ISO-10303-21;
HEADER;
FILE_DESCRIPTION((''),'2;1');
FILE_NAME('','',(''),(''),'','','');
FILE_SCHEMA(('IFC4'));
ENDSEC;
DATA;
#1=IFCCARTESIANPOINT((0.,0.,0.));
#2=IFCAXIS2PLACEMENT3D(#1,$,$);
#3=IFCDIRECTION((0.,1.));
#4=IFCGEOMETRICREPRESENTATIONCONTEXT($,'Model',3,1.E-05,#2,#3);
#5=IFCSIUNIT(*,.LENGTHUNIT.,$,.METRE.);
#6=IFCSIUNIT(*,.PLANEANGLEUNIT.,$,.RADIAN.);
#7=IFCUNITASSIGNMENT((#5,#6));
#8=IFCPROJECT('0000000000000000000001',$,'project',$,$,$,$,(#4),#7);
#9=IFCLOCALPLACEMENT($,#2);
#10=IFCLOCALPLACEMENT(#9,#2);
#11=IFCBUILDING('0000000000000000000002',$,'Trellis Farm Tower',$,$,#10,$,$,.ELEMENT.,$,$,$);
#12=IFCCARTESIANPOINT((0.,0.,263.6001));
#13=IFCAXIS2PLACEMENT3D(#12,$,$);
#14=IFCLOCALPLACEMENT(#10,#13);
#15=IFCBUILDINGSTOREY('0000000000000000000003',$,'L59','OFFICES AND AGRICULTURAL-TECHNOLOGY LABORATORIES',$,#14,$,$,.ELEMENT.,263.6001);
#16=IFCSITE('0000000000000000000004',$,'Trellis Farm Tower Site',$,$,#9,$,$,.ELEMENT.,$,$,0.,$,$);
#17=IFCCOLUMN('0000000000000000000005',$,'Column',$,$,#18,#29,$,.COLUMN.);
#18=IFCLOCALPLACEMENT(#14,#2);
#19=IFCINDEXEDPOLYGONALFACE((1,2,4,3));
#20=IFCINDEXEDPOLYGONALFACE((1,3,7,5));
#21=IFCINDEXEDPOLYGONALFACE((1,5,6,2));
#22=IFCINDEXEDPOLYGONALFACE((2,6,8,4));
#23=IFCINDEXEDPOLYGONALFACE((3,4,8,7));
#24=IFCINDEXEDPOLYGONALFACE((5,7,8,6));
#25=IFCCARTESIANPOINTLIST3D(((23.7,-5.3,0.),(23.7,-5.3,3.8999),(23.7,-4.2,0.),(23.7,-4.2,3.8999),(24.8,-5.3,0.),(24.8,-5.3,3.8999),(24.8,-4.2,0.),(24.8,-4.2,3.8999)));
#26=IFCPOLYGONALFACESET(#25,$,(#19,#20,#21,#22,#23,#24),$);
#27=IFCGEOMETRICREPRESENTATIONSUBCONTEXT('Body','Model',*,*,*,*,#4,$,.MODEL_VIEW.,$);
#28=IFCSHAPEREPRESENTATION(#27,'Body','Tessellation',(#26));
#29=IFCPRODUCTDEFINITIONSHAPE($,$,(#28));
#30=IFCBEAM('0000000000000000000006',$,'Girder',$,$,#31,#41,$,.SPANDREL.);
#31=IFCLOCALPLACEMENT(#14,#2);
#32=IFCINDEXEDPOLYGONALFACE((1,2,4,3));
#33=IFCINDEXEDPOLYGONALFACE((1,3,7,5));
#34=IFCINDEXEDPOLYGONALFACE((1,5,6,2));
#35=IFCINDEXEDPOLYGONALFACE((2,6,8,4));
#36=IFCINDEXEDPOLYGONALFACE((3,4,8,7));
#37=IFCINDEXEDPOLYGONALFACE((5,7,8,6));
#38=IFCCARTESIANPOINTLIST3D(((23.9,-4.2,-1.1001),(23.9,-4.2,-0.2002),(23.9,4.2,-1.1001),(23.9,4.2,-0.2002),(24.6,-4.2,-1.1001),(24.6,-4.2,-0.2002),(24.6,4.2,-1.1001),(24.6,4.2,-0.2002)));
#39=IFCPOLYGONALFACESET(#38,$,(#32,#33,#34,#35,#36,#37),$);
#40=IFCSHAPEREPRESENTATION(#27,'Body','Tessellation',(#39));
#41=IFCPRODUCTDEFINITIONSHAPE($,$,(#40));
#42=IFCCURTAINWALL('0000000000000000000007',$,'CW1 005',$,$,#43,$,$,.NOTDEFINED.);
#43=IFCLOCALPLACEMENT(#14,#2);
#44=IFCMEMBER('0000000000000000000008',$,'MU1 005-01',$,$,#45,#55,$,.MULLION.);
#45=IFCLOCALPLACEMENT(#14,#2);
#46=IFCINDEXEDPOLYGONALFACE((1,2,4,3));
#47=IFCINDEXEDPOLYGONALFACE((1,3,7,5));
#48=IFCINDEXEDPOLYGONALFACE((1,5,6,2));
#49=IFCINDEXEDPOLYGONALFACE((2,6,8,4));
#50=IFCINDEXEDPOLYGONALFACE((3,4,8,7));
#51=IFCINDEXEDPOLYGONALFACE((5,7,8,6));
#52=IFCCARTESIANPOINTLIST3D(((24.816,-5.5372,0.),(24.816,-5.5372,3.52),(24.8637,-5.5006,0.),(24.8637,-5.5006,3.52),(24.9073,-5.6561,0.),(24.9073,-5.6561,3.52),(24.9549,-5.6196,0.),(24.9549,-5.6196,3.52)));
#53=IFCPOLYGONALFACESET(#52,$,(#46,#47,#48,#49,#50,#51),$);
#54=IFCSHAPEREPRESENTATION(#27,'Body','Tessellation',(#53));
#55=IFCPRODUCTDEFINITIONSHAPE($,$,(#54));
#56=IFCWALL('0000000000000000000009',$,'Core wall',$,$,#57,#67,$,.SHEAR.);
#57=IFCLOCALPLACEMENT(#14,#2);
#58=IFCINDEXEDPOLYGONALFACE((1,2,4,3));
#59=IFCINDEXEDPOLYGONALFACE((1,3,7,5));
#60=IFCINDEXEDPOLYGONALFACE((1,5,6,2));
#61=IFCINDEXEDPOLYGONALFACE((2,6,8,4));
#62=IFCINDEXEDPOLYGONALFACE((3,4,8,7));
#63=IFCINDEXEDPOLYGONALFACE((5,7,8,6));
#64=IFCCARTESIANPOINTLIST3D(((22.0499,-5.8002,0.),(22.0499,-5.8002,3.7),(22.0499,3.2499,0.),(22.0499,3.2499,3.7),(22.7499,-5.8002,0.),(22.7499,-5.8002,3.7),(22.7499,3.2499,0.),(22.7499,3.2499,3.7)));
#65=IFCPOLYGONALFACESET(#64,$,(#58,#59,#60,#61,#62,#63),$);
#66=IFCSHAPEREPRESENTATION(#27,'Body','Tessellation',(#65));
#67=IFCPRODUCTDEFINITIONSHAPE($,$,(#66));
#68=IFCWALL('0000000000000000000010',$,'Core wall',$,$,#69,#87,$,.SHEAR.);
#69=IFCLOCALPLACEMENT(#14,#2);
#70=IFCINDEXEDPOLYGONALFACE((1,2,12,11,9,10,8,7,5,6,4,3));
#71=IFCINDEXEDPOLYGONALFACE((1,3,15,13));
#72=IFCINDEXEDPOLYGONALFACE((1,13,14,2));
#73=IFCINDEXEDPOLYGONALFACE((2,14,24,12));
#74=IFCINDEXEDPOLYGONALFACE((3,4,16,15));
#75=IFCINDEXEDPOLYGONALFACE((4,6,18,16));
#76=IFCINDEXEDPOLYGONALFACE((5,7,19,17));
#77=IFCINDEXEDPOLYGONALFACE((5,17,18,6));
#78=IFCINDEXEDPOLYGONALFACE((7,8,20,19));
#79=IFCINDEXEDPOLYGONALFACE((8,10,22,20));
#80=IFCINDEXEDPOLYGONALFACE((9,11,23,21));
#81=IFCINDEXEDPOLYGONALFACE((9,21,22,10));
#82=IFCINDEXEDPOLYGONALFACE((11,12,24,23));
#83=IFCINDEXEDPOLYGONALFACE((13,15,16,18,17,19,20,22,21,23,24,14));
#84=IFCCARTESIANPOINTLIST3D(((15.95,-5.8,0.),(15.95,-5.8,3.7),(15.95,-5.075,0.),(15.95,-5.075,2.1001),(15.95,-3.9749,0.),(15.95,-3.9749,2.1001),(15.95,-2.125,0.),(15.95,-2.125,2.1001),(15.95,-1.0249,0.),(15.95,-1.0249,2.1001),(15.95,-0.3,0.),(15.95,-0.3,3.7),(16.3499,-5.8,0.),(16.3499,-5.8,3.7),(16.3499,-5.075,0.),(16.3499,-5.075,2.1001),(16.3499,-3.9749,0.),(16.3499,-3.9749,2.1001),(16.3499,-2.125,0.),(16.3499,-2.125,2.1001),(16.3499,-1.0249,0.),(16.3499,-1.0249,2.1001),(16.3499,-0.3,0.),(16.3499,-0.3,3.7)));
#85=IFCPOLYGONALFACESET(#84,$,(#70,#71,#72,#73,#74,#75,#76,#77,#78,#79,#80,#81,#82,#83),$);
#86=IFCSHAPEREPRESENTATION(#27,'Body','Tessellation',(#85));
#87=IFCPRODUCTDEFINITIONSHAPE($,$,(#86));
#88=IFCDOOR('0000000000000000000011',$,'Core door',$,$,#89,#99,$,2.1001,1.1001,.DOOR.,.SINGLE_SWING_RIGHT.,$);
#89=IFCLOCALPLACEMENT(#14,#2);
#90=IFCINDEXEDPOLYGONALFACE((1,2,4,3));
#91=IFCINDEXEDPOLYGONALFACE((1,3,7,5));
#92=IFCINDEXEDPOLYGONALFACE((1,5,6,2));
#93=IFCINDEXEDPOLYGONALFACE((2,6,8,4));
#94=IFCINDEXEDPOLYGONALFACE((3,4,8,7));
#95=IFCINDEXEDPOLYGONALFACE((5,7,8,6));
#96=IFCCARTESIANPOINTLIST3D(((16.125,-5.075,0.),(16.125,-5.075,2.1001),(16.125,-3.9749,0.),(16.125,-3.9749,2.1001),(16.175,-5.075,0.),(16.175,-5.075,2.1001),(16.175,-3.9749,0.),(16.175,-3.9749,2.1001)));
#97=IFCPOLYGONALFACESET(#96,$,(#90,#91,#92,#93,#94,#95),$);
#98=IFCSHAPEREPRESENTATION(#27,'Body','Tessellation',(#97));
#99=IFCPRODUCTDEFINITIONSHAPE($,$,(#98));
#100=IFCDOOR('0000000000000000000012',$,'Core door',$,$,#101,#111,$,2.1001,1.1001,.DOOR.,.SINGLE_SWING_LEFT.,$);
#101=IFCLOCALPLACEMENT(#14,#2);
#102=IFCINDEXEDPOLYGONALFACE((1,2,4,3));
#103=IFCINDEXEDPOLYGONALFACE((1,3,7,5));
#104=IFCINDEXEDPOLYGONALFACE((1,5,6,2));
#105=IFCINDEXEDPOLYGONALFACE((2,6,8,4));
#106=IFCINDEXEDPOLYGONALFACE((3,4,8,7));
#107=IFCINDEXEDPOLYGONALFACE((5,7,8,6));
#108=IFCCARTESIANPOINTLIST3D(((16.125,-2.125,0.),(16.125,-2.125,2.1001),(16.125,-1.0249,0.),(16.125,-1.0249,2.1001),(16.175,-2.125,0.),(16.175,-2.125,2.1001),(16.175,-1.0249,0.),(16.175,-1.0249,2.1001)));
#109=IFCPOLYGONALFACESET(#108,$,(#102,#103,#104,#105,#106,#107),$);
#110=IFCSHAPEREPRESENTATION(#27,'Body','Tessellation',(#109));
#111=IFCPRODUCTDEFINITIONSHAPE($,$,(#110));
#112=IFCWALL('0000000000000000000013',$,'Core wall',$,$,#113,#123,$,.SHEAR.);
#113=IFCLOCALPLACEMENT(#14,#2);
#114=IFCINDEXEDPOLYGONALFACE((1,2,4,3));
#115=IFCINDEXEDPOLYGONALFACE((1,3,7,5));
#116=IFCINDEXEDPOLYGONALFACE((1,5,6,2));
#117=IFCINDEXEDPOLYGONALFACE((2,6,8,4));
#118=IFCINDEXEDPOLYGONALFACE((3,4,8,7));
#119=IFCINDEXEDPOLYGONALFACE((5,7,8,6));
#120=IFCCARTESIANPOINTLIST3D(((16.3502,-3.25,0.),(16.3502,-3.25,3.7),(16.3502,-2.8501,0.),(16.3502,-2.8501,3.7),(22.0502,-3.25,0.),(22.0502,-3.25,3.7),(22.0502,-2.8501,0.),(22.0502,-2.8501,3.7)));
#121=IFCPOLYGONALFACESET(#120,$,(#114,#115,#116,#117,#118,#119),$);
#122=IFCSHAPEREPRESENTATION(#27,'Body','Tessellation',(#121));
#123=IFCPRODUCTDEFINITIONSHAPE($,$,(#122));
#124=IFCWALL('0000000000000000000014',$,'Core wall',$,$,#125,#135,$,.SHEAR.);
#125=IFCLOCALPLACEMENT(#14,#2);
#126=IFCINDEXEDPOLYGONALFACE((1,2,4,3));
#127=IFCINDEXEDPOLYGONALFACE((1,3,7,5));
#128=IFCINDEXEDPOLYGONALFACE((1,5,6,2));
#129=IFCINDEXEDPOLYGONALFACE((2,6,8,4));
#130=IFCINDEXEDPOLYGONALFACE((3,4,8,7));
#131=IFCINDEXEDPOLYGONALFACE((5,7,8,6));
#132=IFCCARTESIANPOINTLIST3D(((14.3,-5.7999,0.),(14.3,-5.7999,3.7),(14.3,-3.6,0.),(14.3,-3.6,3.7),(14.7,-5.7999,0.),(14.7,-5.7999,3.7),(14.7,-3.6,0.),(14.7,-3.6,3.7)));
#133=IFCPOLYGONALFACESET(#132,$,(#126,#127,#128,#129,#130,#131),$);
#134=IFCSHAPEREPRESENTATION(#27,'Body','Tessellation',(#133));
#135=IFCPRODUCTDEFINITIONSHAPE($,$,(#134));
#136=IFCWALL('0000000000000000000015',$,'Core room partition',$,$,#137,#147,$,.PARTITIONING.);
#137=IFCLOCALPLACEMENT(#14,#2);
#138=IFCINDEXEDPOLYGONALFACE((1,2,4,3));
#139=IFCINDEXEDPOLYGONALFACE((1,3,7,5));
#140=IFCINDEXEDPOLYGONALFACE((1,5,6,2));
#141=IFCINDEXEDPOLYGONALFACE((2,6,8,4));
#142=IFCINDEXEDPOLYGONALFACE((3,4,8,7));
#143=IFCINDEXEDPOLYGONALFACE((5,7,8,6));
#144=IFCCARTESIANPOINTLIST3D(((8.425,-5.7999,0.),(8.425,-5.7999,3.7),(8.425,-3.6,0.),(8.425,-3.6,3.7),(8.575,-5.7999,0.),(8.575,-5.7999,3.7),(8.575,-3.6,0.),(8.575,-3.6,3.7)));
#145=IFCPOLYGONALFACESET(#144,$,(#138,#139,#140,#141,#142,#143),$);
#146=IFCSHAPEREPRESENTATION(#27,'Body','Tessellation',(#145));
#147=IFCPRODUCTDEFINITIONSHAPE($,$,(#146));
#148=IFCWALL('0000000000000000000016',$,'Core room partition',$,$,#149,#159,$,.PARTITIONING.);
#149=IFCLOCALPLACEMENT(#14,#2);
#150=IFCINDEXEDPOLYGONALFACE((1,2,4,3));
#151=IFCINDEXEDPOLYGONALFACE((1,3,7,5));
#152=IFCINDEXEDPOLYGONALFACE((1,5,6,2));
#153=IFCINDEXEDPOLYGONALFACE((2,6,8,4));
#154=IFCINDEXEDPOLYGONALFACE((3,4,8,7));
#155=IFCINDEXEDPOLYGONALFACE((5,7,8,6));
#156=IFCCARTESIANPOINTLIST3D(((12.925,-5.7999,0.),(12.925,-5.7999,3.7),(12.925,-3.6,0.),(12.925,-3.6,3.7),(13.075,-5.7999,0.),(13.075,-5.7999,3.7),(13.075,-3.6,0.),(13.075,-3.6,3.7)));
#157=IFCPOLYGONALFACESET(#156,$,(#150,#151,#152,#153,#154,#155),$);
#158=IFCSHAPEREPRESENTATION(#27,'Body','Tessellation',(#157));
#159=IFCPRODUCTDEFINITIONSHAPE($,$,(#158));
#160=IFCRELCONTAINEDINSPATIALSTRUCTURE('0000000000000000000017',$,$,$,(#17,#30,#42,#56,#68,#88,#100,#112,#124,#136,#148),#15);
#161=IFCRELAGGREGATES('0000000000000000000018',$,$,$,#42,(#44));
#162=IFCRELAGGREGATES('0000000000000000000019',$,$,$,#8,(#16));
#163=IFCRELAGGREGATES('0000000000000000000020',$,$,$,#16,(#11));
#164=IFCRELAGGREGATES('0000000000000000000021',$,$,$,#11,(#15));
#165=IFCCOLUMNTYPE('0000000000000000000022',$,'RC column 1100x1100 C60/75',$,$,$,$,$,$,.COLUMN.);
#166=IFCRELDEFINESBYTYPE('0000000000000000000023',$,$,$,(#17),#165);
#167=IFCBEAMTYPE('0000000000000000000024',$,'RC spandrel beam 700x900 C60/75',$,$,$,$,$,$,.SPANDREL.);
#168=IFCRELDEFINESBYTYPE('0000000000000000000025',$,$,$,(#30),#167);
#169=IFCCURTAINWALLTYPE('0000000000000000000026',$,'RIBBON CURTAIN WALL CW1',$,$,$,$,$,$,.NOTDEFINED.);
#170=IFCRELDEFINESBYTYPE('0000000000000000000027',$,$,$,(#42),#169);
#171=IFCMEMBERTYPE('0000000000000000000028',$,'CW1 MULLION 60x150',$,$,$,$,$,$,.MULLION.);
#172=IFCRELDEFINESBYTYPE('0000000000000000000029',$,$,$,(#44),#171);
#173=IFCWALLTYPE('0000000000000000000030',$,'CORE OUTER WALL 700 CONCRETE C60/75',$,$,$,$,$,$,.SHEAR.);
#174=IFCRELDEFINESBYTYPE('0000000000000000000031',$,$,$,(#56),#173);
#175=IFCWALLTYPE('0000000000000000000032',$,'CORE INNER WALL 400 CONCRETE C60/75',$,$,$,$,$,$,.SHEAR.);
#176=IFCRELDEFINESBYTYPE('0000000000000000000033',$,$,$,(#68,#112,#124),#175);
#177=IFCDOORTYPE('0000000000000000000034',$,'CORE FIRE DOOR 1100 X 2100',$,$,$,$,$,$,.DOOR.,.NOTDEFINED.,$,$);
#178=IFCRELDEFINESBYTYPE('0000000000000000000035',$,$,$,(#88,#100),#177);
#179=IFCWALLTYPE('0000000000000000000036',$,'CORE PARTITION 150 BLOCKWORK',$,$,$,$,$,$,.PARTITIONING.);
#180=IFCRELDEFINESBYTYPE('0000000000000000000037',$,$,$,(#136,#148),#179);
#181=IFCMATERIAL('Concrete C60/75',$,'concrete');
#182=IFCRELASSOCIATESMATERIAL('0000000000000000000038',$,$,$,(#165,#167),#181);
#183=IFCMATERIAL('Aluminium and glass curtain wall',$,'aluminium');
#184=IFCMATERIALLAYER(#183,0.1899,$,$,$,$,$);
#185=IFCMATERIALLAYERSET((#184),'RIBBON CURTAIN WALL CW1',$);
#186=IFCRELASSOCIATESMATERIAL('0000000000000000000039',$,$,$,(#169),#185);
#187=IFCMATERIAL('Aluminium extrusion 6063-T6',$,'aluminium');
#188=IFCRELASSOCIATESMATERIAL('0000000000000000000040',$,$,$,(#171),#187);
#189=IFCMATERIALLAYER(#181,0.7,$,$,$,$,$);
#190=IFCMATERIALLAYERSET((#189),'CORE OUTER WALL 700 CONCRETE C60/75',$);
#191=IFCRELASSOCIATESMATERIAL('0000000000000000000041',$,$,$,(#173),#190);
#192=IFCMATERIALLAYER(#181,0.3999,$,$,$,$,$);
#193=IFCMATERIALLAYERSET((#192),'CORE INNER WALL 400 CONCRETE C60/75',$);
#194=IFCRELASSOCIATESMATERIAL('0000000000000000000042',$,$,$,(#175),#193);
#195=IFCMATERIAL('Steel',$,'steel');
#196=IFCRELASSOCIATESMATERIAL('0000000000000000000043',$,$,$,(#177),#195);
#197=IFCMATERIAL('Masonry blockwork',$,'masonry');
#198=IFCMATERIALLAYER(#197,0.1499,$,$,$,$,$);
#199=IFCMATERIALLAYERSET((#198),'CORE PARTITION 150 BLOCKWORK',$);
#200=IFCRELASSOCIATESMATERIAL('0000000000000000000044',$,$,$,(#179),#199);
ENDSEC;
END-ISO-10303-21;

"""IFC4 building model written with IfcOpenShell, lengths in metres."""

from ifc_helpers import new_model, si_unit, direction, frame, frame_2d, origin, origin_2d, place, context, subcontext, project, spatial, rectangle, extrude, source, transform, mapped, material, layer, layer_set, material_profile, profile_set, type_object, element, fill, aggregate, save


model = new_model("IFC4")

# Units and contexts
model_context = context("Model", 3, precision=1e-05, world=origin(), true_north=direction((0.0, 1.0)))
body_context = subcontext(model_context, "Body", "Model", "MODEL_VIEW")
ifc_project = project(units=[si_unit("LENGTHUNIT", "METRE"), si_unit("PLANEANGLEUNIT", "RADIAN")], contexts=[model_context])

# Site, building, storey
site_placement = place(None, origin())
site = spatial("IfcSite", under=ifc_project, at=site_placement, Name="Trellis Farm Tower Site", CompositionType="ELEMENT", RefElevation=0.0)
building_placement = place(site_placement, origin())
building = spatial("IfcBuilding", under=site, at=building_placement, Name="Trellis Farm Tower", CompositionType="ELEMENT")
storey_placement = place(building_placement, frame((0.0, 0.0, 263.6001)))
storey = spatial("IfcBuildingStorey", under=building, at=storey_placement, Name="L59", Description="OFFICES AND AGRICULTURAL-TECHNOLOGY LABORATORIES", CompositionType="ELEMENT", Elevation=263.6001)

# Column
ifc_material_1 = material(Name="Concrete C60/75", Category="concrete")
ifc_material_profile_1 = material_profile(ifc_material_1, rectangle(XDim=1.1001, YDim=1.1001, at=origin_2d()), Name="RC column 1100x1100 C60/75")
ifc_profile_set_1 = profile_set([ifc_material_profile_1], Name="Concrete C60/75")
column_type = type_object("IfcColumnType", Name="RC column 1100x1100 C60/75", PredefinedType="COLUMN", material=ifc_profile_set_1)
shared_shape_1 = source(origin(), body_context, "Body", "SweptSolid", [
    extrude(rectangle(XDim=1.1001, YDim=1.1001, at=origin_2d()), origin(), (0.0, 0.0, 1.0), 3.8999),
])
column_placement = place(storey_placement, frame((24.25, -4.75, 0.0), z_axis=(0.0, 0.0, 1.0), x_axis=(1.0, 0.0, 0.0)))
element("IfcColumn", 1, at=column_placement, inside=storey, type_object=column_type, Name="Column", PredefinedType="COLUMN", context=body_context, shape_type="MappedRepresentation", body=[
    mapped(shared_shape_1, transform((0.0, 0.0, 0.0))),
])

# Beam
ifc_material_profile_2 = material_profile(ifc_material_1, rectangle(XDim=0.7, YDim=0.8999, at=origin_2d()), Name="RC spandrel beam 700x900 C60/75")
ifc_profile_set_2 = profile_set([ifc_material_profile_2], Name="Concrete C60/75")
beam_type = type_object("IfcBeamType", Name="RC spandrel beam 700x900 C60/75", PredefinedType="SPANDREL", material=ifc_profile_set_2)
shared_shape_2 = source(origin(), body_context, "Body", "SweptSolid", [
    extrude(rectangle(XDim=0.7, YDim=0.8999, at=origin_2d()), origin(), (0.0, 0.0, 1.0), 8.3999),
])
beam_placement = place(storey_placement, frame((24.25, -4.2, -0.6501), z_axis=(0.0, 1.0, 0.0), x_axis=(-1.0, 0.0, 0.0)))
element("IfcBeam", 2, at=beam_placement, inside=storey, type_object=beam_type, Name="Girder", PredefinedType="SPANDREL", context=body_context, shape_type="MappedRepresentation", body=[
    mapped(shared_shape_2, transform((0.0, 0.0, 0.0))),
])

# Curtain wall, member
ifc_material_2 = material(Name="Aluminium and glass curtain wall", Category="aluminium")
ifc_layer_1 = layer(ifc_material_2, 0.1899)
ifc_layer_set_1 = layer_set([ifc_layer_1], Name="RIBBON CURTAIN WALL CW1")
curtain_wall_type = type_object("IfcCurtainWallType", Name="RIBBON CURTAIN WALL CW1", PredefinedType="NOTDEFINED", material=ifc_layer_set_1)
placement = place(storey_placement, origin())
curtain_wall = element("IfcCurtainWall", 3, at=placement, inside=storey, type_object=curtain_wall_type, Name="CW1 005", PredefinedType="NOTDEFINED")
ifc_material_3 = material(Name="Aluminium extrusion 6063-T6", Category="aluminium")
ifc_material_profile_3 = material_profile(ifc_material_3, rectangle(XDim=0.0601, YDim=0.1499, at=origin_2d()), Name="MULLION 60x150")
ifc_profile_set_3 = profile_set([ifc_material_profile_3], Name="Aluminium extrusion 6063-T6")
member_type = type_object("IfcMemberType", Name="CW1 MULLION 60x150", PredefinedType="MULLION", material=ifc_profile_set_3)
shared_shape_3 = source(origin(), body_context, "Body", "SweptSolid", [
    extrude(rectangle(XDim=0.0601, YDim=0.1499, at=origin_2d()), origin(), (0.0, 0.0, 1.0), 3.52),
])
member_placement = place(storey_placement, frame((24.8855, -5.5784, 0.0), z_axis=(0.0, 0.0, 1.0), x_axis=(0.793353, 0.608761, 0.0)))
member = element("IfcMember", 4, at=member_placement, type_object=member_type, Name="MU1 005-01", PredefinedType="MULLION", context=body_context, shape_type="MappedRepresentation", body=[
    mapped(shared_shape_3, transform((0.0, 0.0, 0.0))),
])
aggregate(curtain_wall, [member])

# Wall
ifc_layer_2 = layer(ifc_material_1, 0.7)
ifc_layer_set_2 = layer_set([ifc_layer_2], Name="CORE OUTER WALL 700 CONCRETE C60/75")
wall_type_1 = type_object("IfcWallType", Name="CORE OUTER WALL 700 CONCRETE C60/75", PredefinedType="SHEAR", material=ifc_layer_set_2)
shared_shape_4 = source(origin(), body_context, "Body", "SweptSolid", [
    extrude(rectangle(XDim=9.05, YDim=0.7, at=frame_2d((4.5249, 0.0))), origin(), (0.0, 0.0, 1.0), 3.7),
])
wall_1_placement = place(storey_placement, frame((22.3999, -5.8, 0.0), z_axis=(0.0, 0.0, 1.0), x_axis=(0.0, 1.0, 0.0)))
element("IfcWall", 5, at=wall_1_placement, inside=storey, type_object=wall_type_1, Name="Core wall", PredefinedType="SHEAR", context=body_context, shape_type="MappedRepresentation", body=[
    mapped(shared_shape_4, transform((0.0, 0.0, 0.0))),
])

# Wall, openings, doors
ifc_layer_3 = layer(ifc_material_1, 0.3999)
ifc_layer_set_3 = layer_set([ifc_layer_3], Name="CORE INNER WALL 400 CONCRETE C60/75")
wall_type_2 = type_object("IfcWallType", Name="CORE INNER WALL 400 CONCRETE C60/75", PredefinedType="SHEAR", material=ifc_layer_set_3)
shared_shape_5 = source(origin(), body_context, "Body", "SweptSolid", [
    extrude(rectangle(XDim=5.5, YDim=0.3999, at=frame_2d((2.75, 0.0))), origin(), (0.0, 0.0, 1.0), 3.7),
])
wall_2_placement = place(storey_placement, frame((16.1499, -5.8, 0.0), z_axis=(0.0, 0.0, 1.0), x_axis=(0.0, 1.0, 0.0)))
wall_2 = element("IfcWall", 6, at=wall_2_placement, inside=storey, type_object=wall_type_2, Name="Core wall", PredefinedType="SHEAR", context=body_context, shape_type="MappedRepresentation", body=[
    mapped(shared_shape_5, transform((0.0, 0.0, 0.0))),
])
shared_shape_6 = source(origin(), body_context, "Body", "SweptSolid", [
    extrude(rectangle(XDim=1.1001, YDim=2.1001, at=frame_2d((0.55, 1.05))), frame((0.0, 0.21, 0.0), z_axis=(0.0, -1.0, 0.0), x_axis=(1.0, 0.0, 0.0)), (0.0, 0.0, 1.0), 0.4199),
])
opening_1_placement = place(wall_2_placement, frame((0.7251, 0.0, 0.0)))
opening_1 = element("IfcOpeningElement", 7, at=opening_1_placement, cuts=wall_2, PredefinedType="OPENING", context=body_context, shape_type="MappedRepresentation", body=[
    mapped(shared_shape_6, transform((0.0, 0.0, 0.0))),
])
opening_2_placement = place(wall_2_placement, frame((3.675, 0.0, 0.0)))
opening_2 = element("IfcOpeningElement", 8, at=opening_2_placement, cuts=wall_2, PredefinedType="OPENING", context=body_context, shape_type="MappedRepresentation", body=[
    mapped(shared_shape_6, transform((0.0, 0.0, 0.0))),
])
ifc_material_4 = material(Name="Steel", Category="steel")
door_type = type_object("IfcDoorType", Name="CORE FIRE DOOR 1100 X 2100", OperationType="NOTDEFINED", PredefinedType="DOOR", material=ifc_material_4)
shared_shape_7 = source(origin(), body_context, "Body", "SweptSolid", [
    extrude(rectangle(XDim=1.1001, YDim=2.1001, at=frame_2d((0.55, 1.05))), frame((0.0, 0.0249, 0.0), z_axis=(0.0, -1.0, 0.0), x_axis=(1.0, 0.0, 0.0)), (0.0, 0.0, 1.0), 0.05),
])
door_1_placement = place(opening_1_placement, origin())
door_1 = element("IfcDoor", 9, at=door_1_placement, inside=storey, type_object=door_type, Name="Core door", OperationType="SINGLE_SWING_RIGHT", OverallHeight=2.1001, OverallWidth=1.1001, PredefinedType="DOOR", context=body_context, shape_type="MappedRepresentation", body=[
    mapped(shared_shape_7, transform((0.0, 0.0, 0.0))),
])
fill(opening_1, door_1)
door_2_placement = place(opening_2_placement, origin())
door_2 = element("IfcDoor", 10, at=door_2_placement, inside=storey, type_object=door_type, Name="Core door", OperationType="SINGLE_SWING_LEFT", OverallHeight=2.1001, OverallWidth=1.1001, PredefinedType="DOOR", context=body_context, shape_type="MappedRepresentation", body=[
    mapped(shared_shape_7, transform((0.0, 0.0, 0.0))),
])
fill(opening_2, door_2)

# Walls
shared_shape_8 = source(origin(), body_context, "Body", "SweptSolid", [
    extrude(rectangle(XDim=5.7, YDim=0.3999, at=frame_2d((2.8501, 0.0))), origin(), (0.0, 0.0, 1.0), 3.7),
])
wall_3_placement = place(storey_placement, frame((16.3501, -3.05, 0.0), z_axis=(0.0, 0.0, 1.0), x_axis=(1.0, 0.0, 0.0)))
element("IfcWall", 11, at=wall_3_placement, inside=storey, type_object=wall_type_2, Name="Core wall", PredefinedType="SHEAR", context=body_context, shape_type="MappedRepresentation", body=[
    mapped(shared_shape_8, transform((0.0, 0.0, 0.0))),
])
shared_shape_9 = source(origin(), body_context, "Body", "SweptSolid", [
    extrude(rectangle(XDim=2.2, YDim=0.3999, at=frame_2d((1.1001, 0.0))), origin(), (0.0, 0.0, 1.0), 3.7),
])
wall_4_placement = place(storey_placement, frame((14.5, -5.8, 0.0), z_axis=(0.0, 0.0, 1.0), x_axis=(0.0, 1.0, 0.0)))
element("IfcWall", 12, at=wall_4_placement, inside=storey, type_object=wall_type_2, Name="Core wall", PredefinedType="SHEAR", context=body_context, shape_type="MappedRepresentation", body=[
    mapped(shared_shape_9, transform((0.0, 0.0, 0.0))),
])
ifc_material_5 = material(Name="Masonry blockwork", Category="masonry")
ifc_layer_4 = layer(ifc_material_5, 0.1499)
ifc_layer_set_4 = layer_set([ifc_layer_4], Name="CORE PARTITION 150 BLOCKWORK")
wall_type_3 = type_object("IfcWallType", Name="CORE PARTITION 150 BLOCKWORK", PredefinedType="PARTITIONING", material=ifc_layer_set_4)
shared_shape_10 = source(origin(), body_context, "Body", "SweptSolid", [
    extrude(rectangle(XDim=2.2, YDim=0.1499, at=frame_2d((1.1001, 0.0))), origin(), (0.0, 0.0, 1.0), 3.7),
])
for number, where, z_axis, x_axis, name in (
    (13, (8.5, -5.8, 0.0), (0.0, 0.0, 1.0), (0.0, 1.0, 0.0), "Core room partition"),
    (14, (13.0, -5.8, 0.0), (0.0, 0.0, 1.0), (0.0, 1.0, 0.0), "Core room partition"),
):
    element("IfcWall", number, at=place(storey_placement, frame(where, z_axis=z_axis, x_axis=x_axis)), inside=storey, type_object=wall_type_3, Name=name, PredefinedType="PARTITIONING", context=body_context, shape_type="MappedRepresentation", body=[
        mapped(shared_shape_10, transform((0.0, 0.0, 0.0))),
    ])

save(model, "model.ifc")
